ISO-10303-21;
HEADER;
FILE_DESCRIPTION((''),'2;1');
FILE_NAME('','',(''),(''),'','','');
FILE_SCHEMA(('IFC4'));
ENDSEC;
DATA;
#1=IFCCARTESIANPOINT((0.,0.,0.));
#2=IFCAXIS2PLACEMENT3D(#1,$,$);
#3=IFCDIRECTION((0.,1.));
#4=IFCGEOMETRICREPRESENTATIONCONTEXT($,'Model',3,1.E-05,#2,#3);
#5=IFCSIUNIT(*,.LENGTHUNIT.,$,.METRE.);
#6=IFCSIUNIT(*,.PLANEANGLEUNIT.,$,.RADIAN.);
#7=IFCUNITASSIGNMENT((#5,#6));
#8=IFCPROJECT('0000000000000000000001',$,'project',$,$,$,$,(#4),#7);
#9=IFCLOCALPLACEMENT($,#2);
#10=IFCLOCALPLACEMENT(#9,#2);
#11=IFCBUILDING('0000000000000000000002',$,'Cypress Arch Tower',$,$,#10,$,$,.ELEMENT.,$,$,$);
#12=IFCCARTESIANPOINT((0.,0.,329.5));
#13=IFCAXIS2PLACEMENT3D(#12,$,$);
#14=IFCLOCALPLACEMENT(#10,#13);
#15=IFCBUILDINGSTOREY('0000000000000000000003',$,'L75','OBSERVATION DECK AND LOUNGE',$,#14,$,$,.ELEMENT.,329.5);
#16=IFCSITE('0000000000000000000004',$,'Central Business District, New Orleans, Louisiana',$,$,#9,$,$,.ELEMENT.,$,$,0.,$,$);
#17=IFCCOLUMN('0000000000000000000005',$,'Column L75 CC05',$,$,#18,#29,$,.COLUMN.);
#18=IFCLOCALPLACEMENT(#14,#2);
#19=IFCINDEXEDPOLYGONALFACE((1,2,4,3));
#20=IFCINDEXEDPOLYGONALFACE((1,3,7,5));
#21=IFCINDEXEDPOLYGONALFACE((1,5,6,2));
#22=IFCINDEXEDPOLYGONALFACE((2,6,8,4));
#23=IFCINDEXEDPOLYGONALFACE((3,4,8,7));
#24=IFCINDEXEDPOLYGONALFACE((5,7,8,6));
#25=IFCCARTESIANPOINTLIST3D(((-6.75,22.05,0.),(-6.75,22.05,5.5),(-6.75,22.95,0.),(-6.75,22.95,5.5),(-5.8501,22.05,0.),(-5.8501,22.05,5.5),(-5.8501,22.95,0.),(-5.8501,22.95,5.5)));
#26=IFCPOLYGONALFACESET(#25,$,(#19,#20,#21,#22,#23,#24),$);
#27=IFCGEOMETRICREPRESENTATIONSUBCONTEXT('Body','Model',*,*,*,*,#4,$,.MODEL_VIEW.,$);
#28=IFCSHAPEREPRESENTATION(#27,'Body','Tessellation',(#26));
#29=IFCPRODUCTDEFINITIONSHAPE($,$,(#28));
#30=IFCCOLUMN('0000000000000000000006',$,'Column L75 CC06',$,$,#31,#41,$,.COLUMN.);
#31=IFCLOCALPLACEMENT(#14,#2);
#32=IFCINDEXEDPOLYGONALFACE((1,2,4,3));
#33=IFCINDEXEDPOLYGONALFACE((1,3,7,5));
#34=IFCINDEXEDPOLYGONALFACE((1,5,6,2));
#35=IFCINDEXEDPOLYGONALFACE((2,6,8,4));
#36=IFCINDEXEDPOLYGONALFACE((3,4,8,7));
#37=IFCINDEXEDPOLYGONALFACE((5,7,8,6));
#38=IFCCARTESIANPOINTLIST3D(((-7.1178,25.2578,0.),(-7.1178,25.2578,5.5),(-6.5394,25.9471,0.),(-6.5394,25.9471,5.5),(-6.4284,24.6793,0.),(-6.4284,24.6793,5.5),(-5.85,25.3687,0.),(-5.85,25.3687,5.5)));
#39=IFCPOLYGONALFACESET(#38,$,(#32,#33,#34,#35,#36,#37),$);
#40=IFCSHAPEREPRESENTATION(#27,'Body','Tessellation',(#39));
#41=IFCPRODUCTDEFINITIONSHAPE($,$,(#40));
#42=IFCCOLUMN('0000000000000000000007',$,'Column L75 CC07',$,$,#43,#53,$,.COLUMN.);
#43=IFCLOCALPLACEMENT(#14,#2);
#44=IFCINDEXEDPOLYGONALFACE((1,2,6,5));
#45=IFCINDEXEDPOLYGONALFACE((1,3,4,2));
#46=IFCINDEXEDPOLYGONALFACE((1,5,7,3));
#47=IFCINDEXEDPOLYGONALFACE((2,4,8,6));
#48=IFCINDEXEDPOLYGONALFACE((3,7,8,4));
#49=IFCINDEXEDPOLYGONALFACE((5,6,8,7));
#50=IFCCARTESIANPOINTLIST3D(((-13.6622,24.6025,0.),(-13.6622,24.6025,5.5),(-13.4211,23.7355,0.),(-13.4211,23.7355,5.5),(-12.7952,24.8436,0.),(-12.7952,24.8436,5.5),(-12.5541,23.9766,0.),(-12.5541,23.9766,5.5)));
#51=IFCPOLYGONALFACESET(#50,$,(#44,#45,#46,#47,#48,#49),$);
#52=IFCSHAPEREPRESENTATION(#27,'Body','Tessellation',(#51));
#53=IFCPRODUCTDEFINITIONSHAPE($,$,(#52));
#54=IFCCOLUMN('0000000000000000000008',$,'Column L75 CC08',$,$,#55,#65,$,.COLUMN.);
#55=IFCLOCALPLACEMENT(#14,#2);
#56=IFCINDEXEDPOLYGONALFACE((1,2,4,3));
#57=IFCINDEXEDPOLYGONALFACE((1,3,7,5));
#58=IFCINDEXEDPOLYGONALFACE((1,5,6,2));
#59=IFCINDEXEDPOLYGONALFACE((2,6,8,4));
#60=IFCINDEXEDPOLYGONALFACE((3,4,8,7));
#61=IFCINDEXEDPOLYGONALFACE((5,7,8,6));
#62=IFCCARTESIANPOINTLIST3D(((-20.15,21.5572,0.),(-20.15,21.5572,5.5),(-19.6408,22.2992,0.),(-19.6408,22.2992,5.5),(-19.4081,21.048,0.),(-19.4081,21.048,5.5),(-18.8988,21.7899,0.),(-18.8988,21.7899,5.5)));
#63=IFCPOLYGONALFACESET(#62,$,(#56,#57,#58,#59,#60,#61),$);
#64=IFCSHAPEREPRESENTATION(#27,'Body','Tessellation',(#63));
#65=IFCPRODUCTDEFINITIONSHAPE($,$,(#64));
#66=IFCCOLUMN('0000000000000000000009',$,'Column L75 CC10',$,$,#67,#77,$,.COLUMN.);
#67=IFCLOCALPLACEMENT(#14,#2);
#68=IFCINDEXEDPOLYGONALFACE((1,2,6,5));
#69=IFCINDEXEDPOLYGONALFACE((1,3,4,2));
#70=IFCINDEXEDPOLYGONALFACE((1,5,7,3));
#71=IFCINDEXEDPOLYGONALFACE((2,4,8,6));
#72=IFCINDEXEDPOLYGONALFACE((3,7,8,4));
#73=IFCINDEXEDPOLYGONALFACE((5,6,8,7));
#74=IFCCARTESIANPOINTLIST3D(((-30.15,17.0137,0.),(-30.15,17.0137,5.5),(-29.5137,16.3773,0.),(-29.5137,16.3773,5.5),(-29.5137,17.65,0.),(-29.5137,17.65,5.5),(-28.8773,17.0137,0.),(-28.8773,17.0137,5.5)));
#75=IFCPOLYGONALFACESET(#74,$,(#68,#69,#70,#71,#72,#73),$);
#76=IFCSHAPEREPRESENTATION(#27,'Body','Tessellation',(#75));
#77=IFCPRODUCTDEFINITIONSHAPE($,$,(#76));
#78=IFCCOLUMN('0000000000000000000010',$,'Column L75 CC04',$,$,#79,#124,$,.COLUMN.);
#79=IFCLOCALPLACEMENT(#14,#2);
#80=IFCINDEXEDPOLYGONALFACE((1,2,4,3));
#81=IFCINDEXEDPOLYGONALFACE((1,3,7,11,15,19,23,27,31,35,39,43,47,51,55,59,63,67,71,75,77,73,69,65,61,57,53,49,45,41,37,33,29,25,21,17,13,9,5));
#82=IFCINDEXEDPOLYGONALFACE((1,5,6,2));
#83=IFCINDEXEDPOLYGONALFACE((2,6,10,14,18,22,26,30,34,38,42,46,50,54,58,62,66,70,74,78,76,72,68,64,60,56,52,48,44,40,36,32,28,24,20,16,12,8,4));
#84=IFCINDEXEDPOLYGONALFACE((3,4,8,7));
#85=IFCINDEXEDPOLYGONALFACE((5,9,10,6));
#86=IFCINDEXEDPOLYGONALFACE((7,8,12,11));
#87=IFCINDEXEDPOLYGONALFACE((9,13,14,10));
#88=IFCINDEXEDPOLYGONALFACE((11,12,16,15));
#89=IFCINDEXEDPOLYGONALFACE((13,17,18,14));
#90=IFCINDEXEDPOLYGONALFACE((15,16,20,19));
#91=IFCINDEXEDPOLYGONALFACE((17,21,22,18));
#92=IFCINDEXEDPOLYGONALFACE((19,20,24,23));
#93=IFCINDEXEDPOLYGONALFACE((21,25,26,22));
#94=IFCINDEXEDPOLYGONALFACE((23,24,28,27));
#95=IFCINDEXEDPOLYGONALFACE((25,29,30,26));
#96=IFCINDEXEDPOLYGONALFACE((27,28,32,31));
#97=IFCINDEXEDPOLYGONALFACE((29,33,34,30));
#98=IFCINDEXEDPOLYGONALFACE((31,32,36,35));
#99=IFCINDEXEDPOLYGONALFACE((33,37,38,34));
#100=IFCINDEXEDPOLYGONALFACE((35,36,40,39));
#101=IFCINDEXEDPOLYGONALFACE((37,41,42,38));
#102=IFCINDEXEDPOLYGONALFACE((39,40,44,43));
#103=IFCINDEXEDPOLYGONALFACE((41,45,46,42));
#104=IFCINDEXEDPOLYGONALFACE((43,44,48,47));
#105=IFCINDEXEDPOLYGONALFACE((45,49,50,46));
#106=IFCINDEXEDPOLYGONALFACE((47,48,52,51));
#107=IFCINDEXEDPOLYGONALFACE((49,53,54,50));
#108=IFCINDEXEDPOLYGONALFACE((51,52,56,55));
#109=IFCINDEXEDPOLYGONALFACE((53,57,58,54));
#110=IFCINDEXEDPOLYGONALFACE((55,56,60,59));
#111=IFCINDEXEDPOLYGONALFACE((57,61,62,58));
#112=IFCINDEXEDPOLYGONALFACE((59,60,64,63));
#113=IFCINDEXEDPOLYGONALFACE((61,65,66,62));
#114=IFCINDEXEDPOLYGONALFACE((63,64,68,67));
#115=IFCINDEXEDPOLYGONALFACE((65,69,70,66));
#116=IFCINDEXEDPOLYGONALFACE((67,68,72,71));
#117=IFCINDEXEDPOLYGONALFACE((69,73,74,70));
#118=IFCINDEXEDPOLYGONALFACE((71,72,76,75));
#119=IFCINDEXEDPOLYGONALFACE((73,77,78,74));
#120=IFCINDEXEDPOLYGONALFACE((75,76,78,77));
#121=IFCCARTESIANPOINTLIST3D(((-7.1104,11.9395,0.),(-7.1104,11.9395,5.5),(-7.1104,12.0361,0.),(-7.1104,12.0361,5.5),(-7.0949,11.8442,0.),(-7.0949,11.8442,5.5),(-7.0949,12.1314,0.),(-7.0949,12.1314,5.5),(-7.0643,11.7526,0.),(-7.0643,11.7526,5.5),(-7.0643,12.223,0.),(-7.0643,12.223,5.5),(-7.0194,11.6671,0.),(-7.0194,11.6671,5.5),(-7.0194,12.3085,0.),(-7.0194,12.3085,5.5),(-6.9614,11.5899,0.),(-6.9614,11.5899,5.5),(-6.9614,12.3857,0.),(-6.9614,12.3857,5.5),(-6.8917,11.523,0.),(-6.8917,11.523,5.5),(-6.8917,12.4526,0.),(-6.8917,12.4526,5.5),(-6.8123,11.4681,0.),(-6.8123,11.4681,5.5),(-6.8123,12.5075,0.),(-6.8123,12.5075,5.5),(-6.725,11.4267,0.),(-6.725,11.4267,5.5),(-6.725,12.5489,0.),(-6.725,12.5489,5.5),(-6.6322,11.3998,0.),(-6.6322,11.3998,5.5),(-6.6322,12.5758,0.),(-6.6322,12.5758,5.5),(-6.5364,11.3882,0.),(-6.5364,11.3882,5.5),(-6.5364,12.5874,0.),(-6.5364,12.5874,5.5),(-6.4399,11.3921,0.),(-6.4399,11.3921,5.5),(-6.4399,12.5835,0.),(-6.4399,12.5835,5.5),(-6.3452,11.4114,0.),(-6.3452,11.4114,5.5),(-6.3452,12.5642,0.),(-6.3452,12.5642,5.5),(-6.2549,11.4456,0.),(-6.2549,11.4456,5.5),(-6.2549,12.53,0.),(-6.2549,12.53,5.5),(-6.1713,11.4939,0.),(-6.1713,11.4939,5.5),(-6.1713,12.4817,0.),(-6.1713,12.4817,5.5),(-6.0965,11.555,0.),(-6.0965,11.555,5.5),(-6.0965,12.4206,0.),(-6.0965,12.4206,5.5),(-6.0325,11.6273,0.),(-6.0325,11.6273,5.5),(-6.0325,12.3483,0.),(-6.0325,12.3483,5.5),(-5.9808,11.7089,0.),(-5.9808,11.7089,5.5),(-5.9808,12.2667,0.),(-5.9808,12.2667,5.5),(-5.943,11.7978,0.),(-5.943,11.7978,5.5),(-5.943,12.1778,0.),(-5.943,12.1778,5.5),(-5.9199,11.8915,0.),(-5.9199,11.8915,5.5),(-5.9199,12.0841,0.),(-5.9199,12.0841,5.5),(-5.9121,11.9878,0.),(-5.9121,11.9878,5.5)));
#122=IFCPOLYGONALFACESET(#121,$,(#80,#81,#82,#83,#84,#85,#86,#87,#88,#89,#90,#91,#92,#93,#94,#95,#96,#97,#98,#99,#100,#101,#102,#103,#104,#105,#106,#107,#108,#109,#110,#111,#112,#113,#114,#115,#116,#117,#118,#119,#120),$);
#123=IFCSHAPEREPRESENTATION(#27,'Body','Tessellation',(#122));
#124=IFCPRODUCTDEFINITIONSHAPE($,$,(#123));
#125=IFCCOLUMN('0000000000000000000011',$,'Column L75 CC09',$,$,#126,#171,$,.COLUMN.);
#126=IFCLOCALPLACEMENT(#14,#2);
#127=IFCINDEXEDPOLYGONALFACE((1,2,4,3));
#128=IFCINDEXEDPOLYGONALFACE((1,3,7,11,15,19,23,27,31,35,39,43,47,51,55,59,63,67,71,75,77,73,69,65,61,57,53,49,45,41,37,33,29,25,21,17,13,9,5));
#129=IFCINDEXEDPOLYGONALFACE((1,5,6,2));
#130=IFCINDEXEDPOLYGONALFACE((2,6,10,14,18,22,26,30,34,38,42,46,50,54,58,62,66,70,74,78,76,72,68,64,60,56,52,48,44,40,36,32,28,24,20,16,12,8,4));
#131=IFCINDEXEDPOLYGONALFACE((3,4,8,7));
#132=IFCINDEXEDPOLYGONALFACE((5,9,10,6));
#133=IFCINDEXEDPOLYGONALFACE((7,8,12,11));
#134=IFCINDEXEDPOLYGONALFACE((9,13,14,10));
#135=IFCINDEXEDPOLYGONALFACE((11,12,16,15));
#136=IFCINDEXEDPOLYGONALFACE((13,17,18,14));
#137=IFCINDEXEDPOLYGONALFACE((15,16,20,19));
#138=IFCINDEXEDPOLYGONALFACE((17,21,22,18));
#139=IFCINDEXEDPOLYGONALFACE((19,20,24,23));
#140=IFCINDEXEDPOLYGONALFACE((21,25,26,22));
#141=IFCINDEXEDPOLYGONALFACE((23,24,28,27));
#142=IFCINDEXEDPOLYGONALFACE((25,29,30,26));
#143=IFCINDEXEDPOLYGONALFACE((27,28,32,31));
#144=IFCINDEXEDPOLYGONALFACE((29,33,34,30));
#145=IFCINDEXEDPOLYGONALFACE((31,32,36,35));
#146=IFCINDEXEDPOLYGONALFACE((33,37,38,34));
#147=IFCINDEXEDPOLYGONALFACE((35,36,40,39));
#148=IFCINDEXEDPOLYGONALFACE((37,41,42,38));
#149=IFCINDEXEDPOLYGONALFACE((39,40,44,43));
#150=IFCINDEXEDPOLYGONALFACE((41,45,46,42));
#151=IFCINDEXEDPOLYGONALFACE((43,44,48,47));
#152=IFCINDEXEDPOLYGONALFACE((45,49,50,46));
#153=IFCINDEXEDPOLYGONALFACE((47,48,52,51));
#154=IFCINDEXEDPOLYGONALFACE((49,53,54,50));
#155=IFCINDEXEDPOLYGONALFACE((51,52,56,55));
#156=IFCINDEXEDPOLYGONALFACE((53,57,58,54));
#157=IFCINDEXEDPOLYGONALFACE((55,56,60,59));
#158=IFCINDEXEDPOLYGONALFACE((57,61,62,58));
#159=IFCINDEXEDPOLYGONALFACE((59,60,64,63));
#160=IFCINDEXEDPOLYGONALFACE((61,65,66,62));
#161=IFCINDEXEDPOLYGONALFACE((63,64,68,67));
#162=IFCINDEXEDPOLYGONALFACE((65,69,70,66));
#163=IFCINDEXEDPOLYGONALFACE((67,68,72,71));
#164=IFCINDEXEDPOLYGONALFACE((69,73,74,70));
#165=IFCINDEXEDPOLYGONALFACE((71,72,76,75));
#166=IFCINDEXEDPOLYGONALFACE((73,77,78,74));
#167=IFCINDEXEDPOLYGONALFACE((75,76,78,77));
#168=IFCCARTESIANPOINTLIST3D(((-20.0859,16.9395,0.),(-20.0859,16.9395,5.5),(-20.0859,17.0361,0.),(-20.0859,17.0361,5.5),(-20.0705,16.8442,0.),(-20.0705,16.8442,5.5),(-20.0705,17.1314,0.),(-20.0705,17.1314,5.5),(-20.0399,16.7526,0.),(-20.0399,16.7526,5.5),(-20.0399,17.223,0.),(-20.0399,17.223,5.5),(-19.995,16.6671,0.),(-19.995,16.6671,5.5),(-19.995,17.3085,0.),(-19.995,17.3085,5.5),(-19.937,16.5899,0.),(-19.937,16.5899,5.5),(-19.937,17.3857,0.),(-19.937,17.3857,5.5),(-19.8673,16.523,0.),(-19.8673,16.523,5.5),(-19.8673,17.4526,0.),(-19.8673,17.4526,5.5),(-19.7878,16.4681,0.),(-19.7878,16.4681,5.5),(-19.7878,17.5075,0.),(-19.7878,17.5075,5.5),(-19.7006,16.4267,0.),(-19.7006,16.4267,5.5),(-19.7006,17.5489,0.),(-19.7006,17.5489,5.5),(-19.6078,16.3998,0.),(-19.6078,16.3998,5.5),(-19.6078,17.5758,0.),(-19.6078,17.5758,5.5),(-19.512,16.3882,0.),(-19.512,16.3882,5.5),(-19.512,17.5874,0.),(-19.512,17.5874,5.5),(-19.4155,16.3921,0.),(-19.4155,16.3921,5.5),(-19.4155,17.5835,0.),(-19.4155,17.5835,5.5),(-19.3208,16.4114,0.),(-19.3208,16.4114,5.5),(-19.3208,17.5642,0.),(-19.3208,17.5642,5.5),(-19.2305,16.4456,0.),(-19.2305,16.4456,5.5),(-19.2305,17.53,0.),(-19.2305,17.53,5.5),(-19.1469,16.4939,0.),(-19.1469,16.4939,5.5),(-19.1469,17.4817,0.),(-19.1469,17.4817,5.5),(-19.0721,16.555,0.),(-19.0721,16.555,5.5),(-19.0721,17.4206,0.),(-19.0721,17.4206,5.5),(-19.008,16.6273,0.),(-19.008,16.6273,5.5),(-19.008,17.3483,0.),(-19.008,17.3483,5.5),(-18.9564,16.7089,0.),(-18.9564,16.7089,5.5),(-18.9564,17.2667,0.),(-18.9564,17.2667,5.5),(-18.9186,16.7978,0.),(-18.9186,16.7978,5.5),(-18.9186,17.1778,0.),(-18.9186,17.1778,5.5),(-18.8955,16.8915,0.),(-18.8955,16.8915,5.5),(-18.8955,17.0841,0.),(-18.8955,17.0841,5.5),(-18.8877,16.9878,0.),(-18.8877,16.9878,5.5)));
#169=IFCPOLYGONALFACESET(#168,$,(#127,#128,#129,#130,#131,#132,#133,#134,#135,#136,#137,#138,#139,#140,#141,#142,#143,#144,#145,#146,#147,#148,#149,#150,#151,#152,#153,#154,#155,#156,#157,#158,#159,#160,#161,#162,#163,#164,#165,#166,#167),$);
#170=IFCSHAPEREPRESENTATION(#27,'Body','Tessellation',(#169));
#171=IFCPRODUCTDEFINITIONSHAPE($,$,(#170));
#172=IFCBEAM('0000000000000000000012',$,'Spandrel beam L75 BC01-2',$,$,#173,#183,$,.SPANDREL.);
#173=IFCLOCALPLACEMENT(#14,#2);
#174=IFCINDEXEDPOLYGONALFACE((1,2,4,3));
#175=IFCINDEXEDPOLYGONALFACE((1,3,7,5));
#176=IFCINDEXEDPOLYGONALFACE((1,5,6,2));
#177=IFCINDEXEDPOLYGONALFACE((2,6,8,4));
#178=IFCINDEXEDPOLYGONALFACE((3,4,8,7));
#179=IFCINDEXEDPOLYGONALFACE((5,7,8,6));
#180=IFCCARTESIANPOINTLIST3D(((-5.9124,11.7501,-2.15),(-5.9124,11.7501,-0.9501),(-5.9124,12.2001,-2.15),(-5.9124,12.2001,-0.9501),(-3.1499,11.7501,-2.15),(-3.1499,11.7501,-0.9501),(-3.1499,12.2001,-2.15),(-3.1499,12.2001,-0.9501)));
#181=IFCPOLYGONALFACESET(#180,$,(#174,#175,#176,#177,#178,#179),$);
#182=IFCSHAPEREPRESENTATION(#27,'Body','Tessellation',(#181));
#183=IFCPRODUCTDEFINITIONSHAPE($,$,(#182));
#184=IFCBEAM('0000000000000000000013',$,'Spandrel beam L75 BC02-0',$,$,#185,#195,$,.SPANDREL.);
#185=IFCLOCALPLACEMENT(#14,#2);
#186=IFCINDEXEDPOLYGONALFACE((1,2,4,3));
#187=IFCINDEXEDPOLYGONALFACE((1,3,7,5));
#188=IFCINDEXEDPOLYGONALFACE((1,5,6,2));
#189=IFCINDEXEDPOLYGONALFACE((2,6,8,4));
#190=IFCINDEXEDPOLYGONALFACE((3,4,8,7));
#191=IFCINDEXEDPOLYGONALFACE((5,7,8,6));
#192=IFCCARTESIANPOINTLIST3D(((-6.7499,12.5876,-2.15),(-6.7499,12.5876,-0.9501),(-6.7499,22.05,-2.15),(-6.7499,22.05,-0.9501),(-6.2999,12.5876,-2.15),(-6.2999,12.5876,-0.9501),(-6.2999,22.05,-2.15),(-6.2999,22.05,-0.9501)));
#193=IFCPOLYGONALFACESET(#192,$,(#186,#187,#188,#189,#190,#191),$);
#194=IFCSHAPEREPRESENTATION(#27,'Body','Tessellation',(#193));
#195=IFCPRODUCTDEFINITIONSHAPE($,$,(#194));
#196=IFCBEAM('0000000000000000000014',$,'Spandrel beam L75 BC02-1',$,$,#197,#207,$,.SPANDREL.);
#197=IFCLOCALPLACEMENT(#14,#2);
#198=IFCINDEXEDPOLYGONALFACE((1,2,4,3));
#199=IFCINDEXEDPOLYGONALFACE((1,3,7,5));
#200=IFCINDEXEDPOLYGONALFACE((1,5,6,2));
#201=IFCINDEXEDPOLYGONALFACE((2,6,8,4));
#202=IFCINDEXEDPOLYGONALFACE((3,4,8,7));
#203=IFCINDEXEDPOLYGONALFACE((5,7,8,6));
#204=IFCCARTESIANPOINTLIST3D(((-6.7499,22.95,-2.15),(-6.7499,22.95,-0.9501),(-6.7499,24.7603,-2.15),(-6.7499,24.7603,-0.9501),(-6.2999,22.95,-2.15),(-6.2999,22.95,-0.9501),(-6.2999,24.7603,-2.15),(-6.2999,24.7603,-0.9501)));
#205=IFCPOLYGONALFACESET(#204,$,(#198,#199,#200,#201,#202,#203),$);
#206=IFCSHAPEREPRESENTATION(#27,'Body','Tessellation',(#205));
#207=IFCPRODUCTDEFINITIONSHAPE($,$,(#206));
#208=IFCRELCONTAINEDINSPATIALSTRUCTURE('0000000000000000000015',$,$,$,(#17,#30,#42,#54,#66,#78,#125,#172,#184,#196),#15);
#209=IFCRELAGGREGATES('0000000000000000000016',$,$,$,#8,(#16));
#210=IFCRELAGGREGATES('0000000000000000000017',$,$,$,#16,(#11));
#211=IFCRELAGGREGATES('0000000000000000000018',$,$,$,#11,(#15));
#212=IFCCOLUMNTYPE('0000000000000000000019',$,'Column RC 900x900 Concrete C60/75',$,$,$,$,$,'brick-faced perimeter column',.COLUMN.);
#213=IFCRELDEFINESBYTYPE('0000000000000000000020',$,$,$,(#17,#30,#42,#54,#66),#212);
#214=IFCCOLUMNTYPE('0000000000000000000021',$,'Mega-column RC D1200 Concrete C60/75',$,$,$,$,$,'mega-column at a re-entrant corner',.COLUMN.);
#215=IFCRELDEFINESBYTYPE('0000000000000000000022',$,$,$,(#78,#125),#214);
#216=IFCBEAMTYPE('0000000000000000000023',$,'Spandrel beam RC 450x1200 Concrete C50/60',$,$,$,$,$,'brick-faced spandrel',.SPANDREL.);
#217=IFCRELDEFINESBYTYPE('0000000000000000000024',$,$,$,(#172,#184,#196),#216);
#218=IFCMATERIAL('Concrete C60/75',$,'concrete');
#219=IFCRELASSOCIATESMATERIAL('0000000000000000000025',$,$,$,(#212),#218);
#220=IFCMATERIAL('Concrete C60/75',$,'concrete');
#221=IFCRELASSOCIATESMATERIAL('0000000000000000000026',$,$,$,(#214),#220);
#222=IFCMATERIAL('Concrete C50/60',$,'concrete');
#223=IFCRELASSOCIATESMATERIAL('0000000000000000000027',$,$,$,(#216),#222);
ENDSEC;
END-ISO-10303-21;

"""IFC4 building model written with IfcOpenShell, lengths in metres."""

from ifc_helpers import new_model, si_unit, direction, frame, origin, origin_2d, place, context, subcontext, project, spatial, rectangle, circle, extrude, material, material_profile, profile_set, type_object, element, save


model = new_model("IFC4")

# Units and contexts
model_context = context("Model", 3, precision=1e-05, world=origin(), true_north=direction((0.0, 1.0)))
body_context = subcontext(model_context, "Body", "Model", "MODEL_VIEW")
ifc_project = project(units=[si_unit("LENGTHUNIT", "METRE"), si_unit("PLANEANGLEUNIT", "RADIAN")], contexts=[model_context])

# Site, building, storey
site_placement = place(None, origin())
site = spatial("IfcSite", under=ifc_project, at=site_placement, Name="Central Business District, New Orleans, Louisiana", CompositionType="ELEMENT", RefElevation=0.0)
building_placement = place(site_placement, origin())
building = spatial("IfcBuilding", under=site, at=building_placement, Name="Cypress Arch Tower", CompositionType="ELEMENT")
storey_placement = place(building_placement, frame((0.0, 0.0, 329.5)))
storey = spatial("IfcBuildingStorey", under=building, at=storey_placement, Name="L75", Description="OBSERVATION DECK AND LOUNGE", CompositionType="ELEMENT", Elevation=329.5)

# Columns
ifc_material_1 = material(Name="Concrete C60/75", Category="concrete")
ifc_material_profile_1 = material_profile(ifc_material_1, rectangle(XDim=0.8999, YDim=0.8999, at=origin_2d()), Name="RC 900x900")
ifc_profile_set_1 = profile_set([ifc_material_profile_1], Name="Concrete C60/75")
column_type_1 = type_object("IfcColumnType", Name="Column RC 900x900 Concrete C60/75", ElementType="brick-faced perimeter column", PredefinedType="COLUMN", material=ifc_profile_set_1)
for number, where, z_axis, x_axis, name in (
    (1, (-6.3, 22.5, 0.0), (0.0, 0.0, 1.0), (0.0, 1.0, 0.0), "Column L75 CC05"),
    (2, (-6.4839, 25.3132, 0.0), (0.0, 0.0, 1.0), (-0.766064, 0.642765, 0.0), "Column L75 CC06"),
    (3, (-13.1082, 24.2896, 0.0), (0.0, 0.0, 1.0), (-0.963456, -0.267868, 0.0), "Column L75 CC07"),
    (4, (-19.5244, 21.6736, 0.0), (0.0, 0.0, 1.0), (-0.565893, -0.824479, 0.0), "Column L75 CC08"),
    (5, (-29.5137, 17.0137, 0.0), (0.0, 0.0, 1.0), (-0.707107, -0.707107, 0.0), "Column L75 CC10"),
):
    element("IfcColumn", number, at=place(storey_placement, frame(where, z_axis=z_axis, x_axis=x_axis)), inside=storey, type_object=column_type_1, Name=name, PredefinedType="COLUMN", context=body_context, shape_type="SweptSolid", body=[
        extrude(rectangle(XDim=0.8999, YDim=0.8999, at=origin_2d()), origin(), (0.0, 0.0, 1.0), 5.5),
    ])
ifc_material_2 = material(Name="Concrete C60/75", Category="concrete")
ifc_material_profile_2 = material_profile(ifc_material_2, circle(Radius=0.6001, at=origin_2d()), Name="RC D1200")
ifc_profile_set_2 = profile_set([ifc_material_profile_2], Name="Concrete C60/75")
column_type_2 = type_object("IfcColumnType", Name="Mega-column RC D1200 Concrete C60/75", ElementType="mega-column at a re-entrant corner", PredefinedType="COLUMN", material=ifc_profile_set_2)
for number, where, z_axis, x_axis, name in (
    (6, (-6.5122, 11.9878, 0.0), (0.0, 0.0, 1.0), (1.0, 0.0, 0.0), "Column L75 CC04"),
    (7, (-19.4878, 16.9878, 0.0), (0.0, 0.0, 1.0), (1.0, 0.0, 0.0), "Column L75 CC09"),
):
    element("IfcColumn", number, at=place(storey_placement, frame(where, z_axis=z_axis, x_axis=x_axis)), inside=storey, type_object=column_type_2, Name=name, PredefinedType="COLUMN", context=body_context, shape_type="SweptSolid", body=[
        extrude(circle(Radius=0.6001, at=origin_2d()), origin(), (0.0, 0.0, 1.0), 5.5),
    ])

# Beams
ifc_material_3 = material(Name="Concrete C50/60", Category="concrete")
ifc_material_profile_3 = material_profile(ifc_material_3, rectangle(XDim=0.45, YDim=1.2, at=origin_2d()), Name="RC 450x1200")
ifc_profile_set_3 = profile_set([ifc_material_profile_3], Name="Concrete C50/60")
beam_type = type_object("IfcBeamType", Name="Spandrel beam RC 450x1200 Concrete C50/60", ElementType="brick-faced spandrel", PredefinedType="SPANDREL", material=ifc_profile_set_3)
beam_1_placement = place(storey_placement, frame((-3.1499, 11.9751, -1.55), z_axis=(-1.0, 0.0, 0.0), x_axis=(0.0, -1.0, 0.0)))
element("IfcBeam", 8, at=beam_1_placement, inside=storey, type_object=beam_type, Name="Spandrel beam L75 BC01-2", PredefinedType="SPANDREL", context=body_context, shape_type="SweptSolid", body=[
    extrude(rectangle(XDim=0.45, YDim=1.2, at=origin_2d()), origin(), (0.0, 0.0, 1.0), 2.7625),
])
beam_2_placement = place(storey_placement, frame((-6.5249, 12.5876, -1.55), z_axis=(0.0, 1.0, 0.0), x_axis=(-1.0, 0.0, 0.0)))
element("IfcBeam", 9, at=beam_2_placement, inside=storey, type_object=beam_type, Name="Spandrel beam L75 BC02-0", PredefinedType="SPANDREL", context=body_context, shape_type="SweptSolid", body=[
    extrude(rectangle(XDim=0.45, YDim=1.2, at=origin_2d()), origin(), (0.0, 0.0, 1.0), 9.4624),
])
beam_3_placement = place(storey_placement, frame((-6.5249, 22.95, -1.55), z_axis=(0.0, 1.0, 0.0), x_axis=(-1.0, 0.0, 0.0)))
element("IfcBeam", 10, at=beam_3_placement, inside=storey, type_object=beam_type, Name="Spandrel beam L75 BC02-1", PredefinedType="SPANDREL", context=body_context, shape_type="SweptSolid", body=[
    extrude(rectangle(XDim=0.45, YDim=1.2, at=origin_2d()), origin(), (0.0, 0.0, 1.0), 1.8103),
])

save(model, "model.ifc")
